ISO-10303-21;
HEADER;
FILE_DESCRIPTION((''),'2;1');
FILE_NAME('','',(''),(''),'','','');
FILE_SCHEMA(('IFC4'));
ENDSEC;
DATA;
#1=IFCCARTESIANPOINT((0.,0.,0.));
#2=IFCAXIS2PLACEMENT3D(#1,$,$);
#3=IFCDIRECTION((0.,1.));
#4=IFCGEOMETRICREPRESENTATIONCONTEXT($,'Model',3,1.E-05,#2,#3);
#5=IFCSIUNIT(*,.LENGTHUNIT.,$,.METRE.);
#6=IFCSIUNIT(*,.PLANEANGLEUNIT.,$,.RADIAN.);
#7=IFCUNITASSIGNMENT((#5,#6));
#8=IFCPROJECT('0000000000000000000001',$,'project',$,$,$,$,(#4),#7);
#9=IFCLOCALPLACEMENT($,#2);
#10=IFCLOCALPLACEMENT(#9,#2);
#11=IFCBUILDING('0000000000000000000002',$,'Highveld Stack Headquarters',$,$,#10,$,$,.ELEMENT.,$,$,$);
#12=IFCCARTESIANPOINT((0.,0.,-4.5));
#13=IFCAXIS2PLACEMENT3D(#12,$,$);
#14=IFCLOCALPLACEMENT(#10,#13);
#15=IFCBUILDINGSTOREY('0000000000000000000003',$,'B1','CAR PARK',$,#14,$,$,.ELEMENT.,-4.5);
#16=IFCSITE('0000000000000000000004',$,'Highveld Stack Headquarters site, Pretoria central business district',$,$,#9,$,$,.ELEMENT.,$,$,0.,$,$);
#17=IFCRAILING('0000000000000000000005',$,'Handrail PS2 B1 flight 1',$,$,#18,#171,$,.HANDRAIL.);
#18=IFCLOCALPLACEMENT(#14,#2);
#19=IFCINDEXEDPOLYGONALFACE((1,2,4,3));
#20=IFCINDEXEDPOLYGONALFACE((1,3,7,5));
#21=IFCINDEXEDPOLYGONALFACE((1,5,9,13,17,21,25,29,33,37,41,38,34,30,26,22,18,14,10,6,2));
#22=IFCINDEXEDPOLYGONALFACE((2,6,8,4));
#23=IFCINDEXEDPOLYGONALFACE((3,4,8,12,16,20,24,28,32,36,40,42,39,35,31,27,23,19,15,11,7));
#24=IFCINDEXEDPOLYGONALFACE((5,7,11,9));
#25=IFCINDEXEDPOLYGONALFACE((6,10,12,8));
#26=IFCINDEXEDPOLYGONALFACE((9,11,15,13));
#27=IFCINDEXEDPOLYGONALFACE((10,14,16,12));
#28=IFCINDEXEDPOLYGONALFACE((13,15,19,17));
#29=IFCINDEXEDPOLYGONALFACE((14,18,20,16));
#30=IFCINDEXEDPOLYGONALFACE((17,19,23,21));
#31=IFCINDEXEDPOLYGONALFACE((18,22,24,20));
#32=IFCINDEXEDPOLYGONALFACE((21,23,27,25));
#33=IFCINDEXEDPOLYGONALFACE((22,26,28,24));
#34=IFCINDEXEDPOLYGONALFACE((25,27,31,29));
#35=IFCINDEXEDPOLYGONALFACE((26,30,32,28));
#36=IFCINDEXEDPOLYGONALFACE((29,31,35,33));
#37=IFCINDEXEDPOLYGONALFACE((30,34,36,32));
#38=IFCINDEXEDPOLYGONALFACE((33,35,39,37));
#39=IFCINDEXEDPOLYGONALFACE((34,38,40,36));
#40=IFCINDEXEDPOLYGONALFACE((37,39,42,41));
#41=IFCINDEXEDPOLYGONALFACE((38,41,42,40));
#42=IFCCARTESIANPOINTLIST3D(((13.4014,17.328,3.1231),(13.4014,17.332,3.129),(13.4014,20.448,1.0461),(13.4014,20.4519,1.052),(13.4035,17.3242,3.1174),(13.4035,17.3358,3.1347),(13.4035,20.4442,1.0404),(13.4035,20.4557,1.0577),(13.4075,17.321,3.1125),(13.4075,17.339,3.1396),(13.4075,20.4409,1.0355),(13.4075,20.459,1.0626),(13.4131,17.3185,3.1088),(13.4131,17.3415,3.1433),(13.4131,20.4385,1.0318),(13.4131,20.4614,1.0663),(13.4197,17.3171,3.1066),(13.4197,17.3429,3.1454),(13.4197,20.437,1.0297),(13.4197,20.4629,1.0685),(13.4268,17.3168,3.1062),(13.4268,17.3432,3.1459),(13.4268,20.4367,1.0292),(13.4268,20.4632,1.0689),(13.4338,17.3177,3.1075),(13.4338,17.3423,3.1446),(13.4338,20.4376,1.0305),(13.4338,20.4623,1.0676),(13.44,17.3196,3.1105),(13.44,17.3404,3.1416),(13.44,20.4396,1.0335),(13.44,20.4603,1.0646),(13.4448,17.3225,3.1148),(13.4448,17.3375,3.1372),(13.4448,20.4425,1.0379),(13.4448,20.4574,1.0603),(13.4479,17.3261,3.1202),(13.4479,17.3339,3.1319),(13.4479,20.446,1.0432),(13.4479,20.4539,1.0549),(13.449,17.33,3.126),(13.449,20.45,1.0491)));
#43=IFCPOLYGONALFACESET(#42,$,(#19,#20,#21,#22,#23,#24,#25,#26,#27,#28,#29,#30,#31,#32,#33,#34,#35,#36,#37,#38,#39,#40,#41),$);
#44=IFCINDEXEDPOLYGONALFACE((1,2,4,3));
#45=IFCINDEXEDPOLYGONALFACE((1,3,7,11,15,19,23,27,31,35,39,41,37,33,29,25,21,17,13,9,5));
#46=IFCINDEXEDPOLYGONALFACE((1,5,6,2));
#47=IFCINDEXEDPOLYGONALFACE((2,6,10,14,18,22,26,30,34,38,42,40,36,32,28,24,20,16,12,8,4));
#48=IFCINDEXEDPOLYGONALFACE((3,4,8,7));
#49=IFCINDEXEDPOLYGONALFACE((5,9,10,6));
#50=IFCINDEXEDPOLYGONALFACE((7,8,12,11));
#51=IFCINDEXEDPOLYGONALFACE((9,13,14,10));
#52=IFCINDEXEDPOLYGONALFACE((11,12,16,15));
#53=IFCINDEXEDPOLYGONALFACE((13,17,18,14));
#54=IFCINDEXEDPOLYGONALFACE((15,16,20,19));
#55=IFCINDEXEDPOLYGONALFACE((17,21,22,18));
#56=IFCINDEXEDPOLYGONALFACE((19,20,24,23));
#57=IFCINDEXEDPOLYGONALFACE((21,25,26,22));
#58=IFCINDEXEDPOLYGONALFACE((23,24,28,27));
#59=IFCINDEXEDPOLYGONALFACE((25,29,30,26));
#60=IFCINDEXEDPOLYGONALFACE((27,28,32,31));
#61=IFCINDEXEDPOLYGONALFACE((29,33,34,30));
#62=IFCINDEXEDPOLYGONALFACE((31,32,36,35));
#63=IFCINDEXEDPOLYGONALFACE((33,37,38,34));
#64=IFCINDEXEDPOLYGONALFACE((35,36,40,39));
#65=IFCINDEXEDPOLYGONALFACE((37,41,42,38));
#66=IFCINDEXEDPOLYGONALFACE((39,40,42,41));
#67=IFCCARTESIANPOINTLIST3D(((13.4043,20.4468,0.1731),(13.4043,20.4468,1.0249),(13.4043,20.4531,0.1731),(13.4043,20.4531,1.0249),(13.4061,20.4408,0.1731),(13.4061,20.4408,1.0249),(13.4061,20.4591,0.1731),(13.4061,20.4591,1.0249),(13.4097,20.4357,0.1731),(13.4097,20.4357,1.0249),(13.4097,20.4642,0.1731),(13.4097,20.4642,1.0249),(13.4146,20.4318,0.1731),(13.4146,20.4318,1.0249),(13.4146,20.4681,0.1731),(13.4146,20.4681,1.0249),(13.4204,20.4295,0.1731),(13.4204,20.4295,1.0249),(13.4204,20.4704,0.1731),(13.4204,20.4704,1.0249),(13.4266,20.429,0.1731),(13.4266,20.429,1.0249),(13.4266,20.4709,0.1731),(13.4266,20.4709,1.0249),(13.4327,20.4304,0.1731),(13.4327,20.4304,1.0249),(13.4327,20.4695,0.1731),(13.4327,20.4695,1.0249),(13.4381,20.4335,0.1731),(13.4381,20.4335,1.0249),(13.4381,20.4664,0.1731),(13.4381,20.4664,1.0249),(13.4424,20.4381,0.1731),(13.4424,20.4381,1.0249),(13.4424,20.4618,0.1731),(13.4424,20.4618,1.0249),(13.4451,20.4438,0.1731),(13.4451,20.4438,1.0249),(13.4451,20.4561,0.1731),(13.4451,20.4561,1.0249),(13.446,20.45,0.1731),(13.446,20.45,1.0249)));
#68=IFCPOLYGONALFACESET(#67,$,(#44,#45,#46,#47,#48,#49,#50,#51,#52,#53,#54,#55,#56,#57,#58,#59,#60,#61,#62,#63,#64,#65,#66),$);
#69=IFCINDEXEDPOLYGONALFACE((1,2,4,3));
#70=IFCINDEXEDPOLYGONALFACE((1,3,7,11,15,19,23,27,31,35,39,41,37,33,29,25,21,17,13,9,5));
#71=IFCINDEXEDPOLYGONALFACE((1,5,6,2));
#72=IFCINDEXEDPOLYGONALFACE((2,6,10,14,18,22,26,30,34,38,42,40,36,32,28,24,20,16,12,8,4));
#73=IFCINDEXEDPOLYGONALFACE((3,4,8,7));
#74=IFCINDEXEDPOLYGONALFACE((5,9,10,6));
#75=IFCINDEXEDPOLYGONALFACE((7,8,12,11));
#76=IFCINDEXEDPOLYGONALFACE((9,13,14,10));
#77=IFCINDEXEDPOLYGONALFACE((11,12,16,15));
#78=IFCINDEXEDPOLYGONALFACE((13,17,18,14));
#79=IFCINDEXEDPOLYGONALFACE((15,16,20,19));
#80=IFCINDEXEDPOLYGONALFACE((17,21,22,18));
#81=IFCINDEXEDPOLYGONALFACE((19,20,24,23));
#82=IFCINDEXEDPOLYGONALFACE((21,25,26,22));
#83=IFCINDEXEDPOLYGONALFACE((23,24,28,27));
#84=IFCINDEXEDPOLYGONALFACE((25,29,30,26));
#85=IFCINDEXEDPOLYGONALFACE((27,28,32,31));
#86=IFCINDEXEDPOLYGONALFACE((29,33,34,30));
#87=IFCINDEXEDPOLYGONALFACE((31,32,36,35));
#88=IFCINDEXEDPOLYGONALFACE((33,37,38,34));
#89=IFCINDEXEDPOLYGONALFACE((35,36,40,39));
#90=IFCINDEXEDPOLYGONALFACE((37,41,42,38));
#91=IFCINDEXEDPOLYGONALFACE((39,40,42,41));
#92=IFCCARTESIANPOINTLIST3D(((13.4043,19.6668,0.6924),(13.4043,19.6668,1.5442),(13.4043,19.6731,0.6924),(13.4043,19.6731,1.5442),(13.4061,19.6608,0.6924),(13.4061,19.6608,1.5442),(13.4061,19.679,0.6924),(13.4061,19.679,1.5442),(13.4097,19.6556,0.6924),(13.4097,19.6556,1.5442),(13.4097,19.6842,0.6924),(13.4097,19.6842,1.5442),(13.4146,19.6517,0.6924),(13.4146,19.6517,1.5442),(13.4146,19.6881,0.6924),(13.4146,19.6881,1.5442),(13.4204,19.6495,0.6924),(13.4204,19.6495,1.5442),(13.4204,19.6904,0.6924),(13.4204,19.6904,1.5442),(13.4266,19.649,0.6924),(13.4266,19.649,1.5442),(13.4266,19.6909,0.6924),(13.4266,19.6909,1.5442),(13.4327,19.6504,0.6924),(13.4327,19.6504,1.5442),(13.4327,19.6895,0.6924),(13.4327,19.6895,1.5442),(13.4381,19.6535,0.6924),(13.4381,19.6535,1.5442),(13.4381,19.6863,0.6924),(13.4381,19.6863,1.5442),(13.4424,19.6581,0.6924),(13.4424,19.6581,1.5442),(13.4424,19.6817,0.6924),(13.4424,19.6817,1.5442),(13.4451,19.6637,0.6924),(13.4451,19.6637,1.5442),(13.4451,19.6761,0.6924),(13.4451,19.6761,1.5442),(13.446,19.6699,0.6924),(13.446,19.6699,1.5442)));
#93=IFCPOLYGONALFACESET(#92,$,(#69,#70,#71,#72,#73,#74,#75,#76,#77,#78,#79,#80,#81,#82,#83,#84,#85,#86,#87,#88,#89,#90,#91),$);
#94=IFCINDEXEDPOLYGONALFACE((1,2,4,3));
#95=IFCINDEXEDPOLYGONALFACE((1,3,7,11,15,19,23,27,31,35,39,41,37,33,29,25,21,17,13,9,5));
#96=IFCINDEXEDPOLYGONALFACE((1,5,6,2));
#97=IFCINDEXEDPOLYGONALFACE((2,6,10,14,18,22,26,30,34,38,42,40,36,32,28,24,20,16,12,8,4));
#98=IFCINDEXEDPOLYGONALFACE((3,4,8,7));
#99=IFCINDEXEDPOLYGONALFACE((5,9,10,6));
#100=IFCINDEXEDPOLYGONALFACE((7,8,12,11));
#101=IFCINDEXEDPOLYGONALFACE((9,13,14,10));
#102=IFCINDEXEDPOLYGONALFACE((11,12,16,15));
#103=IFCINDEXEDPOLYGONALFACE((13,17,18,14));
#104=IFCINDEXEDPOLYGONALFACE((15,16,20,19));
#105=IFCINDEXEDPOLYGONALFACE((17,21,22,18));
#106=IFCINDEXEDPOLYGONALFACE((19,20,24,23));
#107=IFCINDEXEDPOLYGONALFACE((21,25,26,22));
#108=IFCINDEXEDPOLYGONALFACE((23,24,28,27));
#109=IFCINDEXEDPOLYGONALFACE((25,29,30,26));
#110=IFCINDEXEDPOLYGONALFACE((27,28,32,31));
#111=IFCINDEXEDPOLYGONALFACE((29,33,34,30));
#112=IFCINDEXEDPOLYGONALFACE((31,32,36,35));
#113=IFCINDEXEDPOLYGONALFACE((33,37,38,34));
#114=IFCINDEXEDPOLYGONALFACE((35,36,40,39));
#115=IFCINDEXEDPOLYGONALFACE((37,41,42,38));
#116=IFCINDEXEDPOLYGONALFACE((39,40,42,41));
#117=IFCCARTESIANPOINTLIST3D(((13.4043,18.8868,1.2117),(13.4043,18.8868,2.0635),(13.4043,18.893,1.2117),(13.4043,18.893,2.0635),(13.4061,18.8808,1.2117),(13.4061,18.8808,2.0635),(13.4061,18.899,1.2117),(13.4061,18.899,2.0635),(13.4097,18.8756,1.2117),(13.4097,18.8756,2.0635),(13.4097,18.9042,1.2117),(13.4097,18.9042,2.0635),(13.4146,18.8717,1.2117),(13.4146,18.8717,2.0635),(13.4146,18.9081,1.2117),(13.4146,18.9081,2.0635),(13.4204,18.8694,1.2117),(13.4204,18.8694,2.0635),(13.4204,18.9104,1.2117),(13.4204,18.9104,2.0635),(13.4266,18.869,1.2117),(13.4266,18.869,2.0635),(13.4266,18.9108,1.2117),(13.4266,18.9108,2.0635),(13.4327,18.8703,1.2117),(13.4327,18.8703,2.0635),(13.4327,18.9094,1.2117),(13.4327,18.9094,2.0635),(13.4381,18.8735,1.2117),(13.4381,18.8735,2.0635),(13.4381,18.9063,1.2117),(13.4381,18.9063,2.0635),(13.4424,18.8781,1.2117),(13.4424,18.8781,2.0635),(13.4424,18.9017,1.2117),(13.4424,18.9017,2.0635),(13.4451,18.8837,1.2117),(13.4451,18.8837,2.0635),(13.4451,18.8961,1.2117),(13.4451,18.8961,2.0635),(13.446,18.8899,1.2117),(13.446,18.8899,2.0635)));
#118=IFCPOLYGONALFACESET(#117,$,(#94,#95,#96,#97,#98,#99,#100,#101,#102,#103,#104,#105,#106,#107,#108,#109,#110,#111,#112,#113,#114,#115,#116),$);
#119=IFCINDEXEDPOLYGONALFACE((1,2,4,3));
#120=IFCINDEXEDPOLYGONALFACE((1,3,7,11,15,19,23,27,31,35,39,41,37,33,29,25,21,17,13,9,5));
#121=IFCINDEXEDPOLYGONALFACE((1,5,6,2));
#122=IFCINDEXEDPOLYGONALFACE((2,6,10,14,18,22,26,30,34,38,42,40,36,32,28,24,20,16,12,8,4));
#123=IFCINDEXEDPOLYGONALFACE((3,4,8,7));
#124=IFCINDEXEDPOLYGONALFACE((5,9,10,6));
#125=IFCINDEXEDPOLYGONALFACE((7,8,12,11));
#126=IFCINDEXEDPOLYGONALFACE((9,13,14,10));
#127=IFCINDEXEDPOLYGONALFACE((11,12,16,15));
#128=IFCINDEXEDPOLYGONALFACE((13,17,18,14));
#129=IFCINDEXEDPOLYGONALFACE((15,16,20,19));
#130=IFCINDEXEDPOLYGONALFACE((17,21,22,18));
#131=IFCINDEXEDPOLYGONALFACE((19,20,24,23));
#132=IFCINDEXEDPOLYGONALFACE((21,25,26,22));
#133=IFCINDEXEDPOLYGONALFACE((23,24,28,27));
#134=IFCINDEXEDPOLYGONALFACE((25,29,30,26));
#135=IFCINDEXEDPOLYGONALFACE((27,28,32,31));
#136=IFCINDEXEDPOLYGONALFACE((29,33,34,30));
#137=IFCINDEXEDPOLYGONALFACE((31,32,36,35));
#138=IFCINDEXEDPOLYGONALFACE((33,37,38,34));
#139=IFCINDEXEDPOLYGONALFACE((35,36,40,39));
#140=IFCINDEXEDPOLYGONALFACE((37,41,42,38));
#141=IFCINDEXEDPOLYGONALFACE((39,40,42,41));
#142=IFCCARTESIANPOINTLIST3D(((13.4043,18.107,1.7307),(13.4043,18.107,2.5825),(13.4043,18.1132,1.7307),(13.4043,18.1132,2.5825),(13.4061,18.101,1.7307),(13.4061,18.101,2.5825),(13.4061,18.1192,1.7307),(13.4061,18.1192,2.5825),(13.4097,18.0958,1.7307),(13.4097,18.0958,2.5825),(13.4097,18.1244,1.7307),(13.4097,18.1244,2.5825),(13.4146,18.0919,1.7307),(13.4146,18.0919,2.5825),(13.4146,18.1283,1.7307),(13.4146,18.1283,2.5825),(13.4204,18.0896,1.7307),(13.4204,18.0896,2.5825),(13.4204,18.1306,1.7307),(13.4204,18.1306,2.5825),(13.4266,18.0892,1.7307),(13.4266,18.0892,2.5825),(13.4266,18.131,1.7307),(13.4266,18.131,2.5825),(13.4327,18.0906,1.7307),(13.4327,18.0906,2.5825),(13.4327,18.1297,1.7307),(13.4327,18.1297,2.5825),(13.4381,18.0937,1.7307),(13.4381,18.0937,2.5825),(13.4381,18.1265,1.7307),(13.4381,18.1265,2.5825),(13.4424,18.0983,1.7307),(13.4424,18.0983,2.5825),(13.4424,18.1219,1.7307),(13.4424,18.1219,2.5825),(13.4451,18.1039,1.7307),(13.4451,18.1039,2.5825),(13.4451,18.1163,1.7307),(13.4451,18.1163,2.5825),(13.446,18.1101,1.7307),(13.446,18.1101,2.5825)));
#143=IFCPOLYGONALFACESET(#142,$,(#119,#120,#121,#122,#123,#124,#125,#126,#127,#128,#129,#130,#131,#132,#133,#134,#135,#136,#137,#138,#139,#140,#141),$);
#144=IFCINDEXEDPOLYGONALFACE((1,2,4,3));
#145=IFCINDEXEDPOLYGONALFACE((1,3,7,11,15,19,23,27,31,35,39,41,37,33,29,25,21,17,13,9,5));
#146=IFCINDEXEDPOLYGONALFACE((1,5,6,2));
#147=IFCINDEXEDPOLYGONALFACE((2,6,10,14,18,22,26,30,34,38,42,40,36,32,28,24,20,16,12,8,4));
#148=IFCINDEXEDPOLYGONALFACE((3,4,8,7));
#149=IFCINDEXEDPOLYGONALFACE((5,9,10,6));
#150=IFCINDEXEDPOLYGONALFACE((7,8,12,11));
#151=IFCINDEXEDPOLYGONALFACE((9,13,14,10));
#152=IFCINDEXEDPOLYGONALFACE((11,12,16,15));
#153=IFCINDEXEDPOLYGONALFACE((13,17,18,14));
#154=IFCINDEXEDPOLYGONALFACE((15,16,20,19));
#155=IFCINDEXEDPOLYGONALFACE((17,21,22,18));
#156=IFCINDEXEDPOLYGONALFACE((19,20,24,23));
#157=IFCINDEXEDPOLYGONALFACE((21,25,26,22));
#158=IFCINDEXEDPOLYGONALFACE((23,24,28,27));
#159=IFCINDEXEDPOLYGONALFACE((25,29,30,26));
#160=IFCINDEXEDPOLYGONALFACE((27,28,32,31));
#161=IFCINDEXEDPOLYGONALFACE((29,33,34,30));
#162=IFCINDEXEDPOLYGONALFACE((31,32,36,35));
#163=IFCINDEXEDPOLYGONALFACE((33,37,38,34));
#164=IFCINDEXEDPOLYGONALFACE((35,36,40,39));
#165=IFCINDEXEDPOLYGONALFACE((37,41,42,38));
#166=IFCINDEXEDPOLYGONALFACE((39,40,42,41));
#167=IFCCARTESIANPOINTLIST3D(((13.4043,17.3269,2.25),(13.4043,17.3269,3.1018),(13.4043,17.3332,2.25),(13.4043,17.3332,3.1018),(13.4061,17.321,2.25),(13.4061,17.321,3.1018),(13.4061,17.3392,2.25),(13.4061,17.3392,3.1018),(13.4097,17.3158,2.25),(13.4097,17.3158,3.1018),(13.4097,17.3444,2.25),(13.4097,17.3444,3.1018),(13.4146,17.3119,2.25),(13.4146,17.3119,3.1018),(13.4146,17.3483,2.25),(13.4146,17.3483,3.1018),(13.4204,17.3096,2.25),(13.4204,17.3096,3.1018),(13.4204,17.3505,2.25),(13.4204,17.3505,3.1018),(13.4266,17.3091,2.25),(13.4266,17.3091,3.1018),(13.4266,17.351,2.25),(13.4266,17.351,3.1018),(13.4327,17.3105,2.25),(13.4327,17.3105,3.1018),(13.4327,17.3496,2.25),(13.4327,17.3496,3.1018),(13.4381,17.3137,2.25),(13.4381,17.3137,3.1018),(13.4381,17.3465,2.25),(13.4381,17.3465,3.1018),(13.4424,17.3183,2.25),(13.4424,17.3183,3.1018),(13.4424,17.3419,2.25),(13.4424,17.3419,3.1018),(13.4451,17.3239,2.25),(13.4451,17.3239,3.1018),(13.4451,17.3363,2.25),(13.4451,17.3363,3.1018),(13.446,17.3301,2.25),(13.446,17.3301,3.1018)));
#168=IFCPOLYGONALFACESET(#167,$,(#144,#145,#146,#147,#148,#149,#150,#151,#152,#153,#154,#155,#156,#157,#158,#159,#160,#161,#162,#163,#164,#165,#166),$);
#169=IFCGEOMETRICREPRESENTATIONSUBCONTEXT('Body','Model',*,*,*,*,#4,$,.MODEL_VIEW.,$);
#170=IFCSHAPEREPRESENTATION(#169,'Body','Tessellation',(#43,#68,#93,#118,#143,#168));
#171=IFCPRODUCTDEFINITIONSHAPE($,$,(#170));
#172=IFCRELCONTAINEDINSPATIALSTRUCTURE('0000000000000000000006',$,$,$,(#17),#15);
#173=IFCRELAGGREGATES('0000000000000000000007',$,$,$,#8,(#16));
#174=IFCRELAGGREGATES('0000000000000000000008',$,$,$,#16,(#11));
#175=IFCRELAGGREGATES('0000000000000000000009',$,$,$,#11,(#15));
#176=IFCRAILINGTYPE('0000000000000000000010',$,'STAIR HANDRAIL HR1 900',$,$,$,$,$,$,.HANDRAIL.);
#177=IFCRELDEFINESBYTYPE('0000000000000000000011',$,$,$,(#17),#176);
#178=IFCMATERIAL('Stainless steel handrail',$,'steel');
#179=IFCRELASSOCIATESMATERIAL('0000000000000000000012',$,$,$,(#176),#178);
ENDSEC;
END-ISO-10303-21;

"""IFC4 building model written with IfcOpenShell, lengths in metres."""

from ifc_helpers import new_model, si_unit, direction, frame, origin, origin_2d, place, context, subcontext, project, spatial, circle, extrude, material, type_object, element, save


model = new_model("IFC4")

# Units and contexts
model_context = context("Model", 3, precision=1e-05, world=origin(), true_north=direction((0.0, 1.0)))
body_context = subcontext(model_context, "Body", "Model", "MODEL_VIEW")
ifc_project = project(units=[si_unit("LENGTHUNIT", "METRE"), si_unit("PLANEANGLEUNIT", "RADIAN")], contexts=[model_context])

# Site, building, storey
site_placement = place(None, origin())
site = spatial("IfcSite", under=ifc_project, at=site_placement, Name="Highveld Stack Headquarters site, Pretoria central business district", CompositionType="ELEMENT", RefElevation=0.0)
building_placement = place(site_placement, origin())
building = spatial("IfcBuilding", under=site, at=building_placement, Name="Highveld Stack Headquarters", CompositionType="ELEMENT")
storey_placement = place(building_placement, frame((0.0, 0.0, -4.5)))
storey = spatial("IfcBuildingStorey", under=building, at=storey_placement, Name="B1", Description="CAR PARK", CompositionType="ELEMENT", Elevation=-4.5)

# Railing
ifc_material_1 = material(Name="Stainless steel handrail", Category="steel")
railing_type = type_object("IfcRailingType", Name="STAIR HANDRAIL HR1 900", PredefinedType="HANDRAIL", material=ifc_material_1)
for number, where, name in (
    (1, (13.425, 20.45, 0.1731), "Handrail PS2 B1 flight 1"),
):
    element("IfcRailing", number, at=place(storey_placement, frame(where)), inside=storey, type_object=railing_type, Name=name, PredefinedType="HANDRAIL", context=body_context, shape_type="SweptSolid", body=[
        extrude(circle(Radius=0.0239, at=origin_2d()), frame((0.0, 0.0, 0.876), z_axis=(0.0, -0.832421, 0.554144), x_axis=(1.0, 0.0, 0.0)), (0.0, 0.0, 1.0), 3.748),
        extrude(circle(Radius=0.021, at=origin_2d()), origin(), (0.0, 0.0, 1.0), 0.8518),
        extrude(circle(Radius=0.021, at=origin_2d()), frame((0.0, -0.78, 0.5193)), (0.0, 0.0, 1.0), 0.8518),
        extrude(circle(Radius=0.021, at=origin_2d()), frame((0.0, -1.5601, 1.0386)), (0.0, 0.0, 1.0), 0.8518),
        extrude(circle(Radius=0.021, at=origin_2d()), frame((0.0, -2.3398, 1.5576)), (0.0, 0.0, 1.0), 0.8518),
        extrude(circle(Radius=0.021, at=origin_2d()), frame((0.0, -3.1199, 2.0769)), (0.0, 0.0, 1.0), 0.8518),
    ])

save(model, "model.ifc")
